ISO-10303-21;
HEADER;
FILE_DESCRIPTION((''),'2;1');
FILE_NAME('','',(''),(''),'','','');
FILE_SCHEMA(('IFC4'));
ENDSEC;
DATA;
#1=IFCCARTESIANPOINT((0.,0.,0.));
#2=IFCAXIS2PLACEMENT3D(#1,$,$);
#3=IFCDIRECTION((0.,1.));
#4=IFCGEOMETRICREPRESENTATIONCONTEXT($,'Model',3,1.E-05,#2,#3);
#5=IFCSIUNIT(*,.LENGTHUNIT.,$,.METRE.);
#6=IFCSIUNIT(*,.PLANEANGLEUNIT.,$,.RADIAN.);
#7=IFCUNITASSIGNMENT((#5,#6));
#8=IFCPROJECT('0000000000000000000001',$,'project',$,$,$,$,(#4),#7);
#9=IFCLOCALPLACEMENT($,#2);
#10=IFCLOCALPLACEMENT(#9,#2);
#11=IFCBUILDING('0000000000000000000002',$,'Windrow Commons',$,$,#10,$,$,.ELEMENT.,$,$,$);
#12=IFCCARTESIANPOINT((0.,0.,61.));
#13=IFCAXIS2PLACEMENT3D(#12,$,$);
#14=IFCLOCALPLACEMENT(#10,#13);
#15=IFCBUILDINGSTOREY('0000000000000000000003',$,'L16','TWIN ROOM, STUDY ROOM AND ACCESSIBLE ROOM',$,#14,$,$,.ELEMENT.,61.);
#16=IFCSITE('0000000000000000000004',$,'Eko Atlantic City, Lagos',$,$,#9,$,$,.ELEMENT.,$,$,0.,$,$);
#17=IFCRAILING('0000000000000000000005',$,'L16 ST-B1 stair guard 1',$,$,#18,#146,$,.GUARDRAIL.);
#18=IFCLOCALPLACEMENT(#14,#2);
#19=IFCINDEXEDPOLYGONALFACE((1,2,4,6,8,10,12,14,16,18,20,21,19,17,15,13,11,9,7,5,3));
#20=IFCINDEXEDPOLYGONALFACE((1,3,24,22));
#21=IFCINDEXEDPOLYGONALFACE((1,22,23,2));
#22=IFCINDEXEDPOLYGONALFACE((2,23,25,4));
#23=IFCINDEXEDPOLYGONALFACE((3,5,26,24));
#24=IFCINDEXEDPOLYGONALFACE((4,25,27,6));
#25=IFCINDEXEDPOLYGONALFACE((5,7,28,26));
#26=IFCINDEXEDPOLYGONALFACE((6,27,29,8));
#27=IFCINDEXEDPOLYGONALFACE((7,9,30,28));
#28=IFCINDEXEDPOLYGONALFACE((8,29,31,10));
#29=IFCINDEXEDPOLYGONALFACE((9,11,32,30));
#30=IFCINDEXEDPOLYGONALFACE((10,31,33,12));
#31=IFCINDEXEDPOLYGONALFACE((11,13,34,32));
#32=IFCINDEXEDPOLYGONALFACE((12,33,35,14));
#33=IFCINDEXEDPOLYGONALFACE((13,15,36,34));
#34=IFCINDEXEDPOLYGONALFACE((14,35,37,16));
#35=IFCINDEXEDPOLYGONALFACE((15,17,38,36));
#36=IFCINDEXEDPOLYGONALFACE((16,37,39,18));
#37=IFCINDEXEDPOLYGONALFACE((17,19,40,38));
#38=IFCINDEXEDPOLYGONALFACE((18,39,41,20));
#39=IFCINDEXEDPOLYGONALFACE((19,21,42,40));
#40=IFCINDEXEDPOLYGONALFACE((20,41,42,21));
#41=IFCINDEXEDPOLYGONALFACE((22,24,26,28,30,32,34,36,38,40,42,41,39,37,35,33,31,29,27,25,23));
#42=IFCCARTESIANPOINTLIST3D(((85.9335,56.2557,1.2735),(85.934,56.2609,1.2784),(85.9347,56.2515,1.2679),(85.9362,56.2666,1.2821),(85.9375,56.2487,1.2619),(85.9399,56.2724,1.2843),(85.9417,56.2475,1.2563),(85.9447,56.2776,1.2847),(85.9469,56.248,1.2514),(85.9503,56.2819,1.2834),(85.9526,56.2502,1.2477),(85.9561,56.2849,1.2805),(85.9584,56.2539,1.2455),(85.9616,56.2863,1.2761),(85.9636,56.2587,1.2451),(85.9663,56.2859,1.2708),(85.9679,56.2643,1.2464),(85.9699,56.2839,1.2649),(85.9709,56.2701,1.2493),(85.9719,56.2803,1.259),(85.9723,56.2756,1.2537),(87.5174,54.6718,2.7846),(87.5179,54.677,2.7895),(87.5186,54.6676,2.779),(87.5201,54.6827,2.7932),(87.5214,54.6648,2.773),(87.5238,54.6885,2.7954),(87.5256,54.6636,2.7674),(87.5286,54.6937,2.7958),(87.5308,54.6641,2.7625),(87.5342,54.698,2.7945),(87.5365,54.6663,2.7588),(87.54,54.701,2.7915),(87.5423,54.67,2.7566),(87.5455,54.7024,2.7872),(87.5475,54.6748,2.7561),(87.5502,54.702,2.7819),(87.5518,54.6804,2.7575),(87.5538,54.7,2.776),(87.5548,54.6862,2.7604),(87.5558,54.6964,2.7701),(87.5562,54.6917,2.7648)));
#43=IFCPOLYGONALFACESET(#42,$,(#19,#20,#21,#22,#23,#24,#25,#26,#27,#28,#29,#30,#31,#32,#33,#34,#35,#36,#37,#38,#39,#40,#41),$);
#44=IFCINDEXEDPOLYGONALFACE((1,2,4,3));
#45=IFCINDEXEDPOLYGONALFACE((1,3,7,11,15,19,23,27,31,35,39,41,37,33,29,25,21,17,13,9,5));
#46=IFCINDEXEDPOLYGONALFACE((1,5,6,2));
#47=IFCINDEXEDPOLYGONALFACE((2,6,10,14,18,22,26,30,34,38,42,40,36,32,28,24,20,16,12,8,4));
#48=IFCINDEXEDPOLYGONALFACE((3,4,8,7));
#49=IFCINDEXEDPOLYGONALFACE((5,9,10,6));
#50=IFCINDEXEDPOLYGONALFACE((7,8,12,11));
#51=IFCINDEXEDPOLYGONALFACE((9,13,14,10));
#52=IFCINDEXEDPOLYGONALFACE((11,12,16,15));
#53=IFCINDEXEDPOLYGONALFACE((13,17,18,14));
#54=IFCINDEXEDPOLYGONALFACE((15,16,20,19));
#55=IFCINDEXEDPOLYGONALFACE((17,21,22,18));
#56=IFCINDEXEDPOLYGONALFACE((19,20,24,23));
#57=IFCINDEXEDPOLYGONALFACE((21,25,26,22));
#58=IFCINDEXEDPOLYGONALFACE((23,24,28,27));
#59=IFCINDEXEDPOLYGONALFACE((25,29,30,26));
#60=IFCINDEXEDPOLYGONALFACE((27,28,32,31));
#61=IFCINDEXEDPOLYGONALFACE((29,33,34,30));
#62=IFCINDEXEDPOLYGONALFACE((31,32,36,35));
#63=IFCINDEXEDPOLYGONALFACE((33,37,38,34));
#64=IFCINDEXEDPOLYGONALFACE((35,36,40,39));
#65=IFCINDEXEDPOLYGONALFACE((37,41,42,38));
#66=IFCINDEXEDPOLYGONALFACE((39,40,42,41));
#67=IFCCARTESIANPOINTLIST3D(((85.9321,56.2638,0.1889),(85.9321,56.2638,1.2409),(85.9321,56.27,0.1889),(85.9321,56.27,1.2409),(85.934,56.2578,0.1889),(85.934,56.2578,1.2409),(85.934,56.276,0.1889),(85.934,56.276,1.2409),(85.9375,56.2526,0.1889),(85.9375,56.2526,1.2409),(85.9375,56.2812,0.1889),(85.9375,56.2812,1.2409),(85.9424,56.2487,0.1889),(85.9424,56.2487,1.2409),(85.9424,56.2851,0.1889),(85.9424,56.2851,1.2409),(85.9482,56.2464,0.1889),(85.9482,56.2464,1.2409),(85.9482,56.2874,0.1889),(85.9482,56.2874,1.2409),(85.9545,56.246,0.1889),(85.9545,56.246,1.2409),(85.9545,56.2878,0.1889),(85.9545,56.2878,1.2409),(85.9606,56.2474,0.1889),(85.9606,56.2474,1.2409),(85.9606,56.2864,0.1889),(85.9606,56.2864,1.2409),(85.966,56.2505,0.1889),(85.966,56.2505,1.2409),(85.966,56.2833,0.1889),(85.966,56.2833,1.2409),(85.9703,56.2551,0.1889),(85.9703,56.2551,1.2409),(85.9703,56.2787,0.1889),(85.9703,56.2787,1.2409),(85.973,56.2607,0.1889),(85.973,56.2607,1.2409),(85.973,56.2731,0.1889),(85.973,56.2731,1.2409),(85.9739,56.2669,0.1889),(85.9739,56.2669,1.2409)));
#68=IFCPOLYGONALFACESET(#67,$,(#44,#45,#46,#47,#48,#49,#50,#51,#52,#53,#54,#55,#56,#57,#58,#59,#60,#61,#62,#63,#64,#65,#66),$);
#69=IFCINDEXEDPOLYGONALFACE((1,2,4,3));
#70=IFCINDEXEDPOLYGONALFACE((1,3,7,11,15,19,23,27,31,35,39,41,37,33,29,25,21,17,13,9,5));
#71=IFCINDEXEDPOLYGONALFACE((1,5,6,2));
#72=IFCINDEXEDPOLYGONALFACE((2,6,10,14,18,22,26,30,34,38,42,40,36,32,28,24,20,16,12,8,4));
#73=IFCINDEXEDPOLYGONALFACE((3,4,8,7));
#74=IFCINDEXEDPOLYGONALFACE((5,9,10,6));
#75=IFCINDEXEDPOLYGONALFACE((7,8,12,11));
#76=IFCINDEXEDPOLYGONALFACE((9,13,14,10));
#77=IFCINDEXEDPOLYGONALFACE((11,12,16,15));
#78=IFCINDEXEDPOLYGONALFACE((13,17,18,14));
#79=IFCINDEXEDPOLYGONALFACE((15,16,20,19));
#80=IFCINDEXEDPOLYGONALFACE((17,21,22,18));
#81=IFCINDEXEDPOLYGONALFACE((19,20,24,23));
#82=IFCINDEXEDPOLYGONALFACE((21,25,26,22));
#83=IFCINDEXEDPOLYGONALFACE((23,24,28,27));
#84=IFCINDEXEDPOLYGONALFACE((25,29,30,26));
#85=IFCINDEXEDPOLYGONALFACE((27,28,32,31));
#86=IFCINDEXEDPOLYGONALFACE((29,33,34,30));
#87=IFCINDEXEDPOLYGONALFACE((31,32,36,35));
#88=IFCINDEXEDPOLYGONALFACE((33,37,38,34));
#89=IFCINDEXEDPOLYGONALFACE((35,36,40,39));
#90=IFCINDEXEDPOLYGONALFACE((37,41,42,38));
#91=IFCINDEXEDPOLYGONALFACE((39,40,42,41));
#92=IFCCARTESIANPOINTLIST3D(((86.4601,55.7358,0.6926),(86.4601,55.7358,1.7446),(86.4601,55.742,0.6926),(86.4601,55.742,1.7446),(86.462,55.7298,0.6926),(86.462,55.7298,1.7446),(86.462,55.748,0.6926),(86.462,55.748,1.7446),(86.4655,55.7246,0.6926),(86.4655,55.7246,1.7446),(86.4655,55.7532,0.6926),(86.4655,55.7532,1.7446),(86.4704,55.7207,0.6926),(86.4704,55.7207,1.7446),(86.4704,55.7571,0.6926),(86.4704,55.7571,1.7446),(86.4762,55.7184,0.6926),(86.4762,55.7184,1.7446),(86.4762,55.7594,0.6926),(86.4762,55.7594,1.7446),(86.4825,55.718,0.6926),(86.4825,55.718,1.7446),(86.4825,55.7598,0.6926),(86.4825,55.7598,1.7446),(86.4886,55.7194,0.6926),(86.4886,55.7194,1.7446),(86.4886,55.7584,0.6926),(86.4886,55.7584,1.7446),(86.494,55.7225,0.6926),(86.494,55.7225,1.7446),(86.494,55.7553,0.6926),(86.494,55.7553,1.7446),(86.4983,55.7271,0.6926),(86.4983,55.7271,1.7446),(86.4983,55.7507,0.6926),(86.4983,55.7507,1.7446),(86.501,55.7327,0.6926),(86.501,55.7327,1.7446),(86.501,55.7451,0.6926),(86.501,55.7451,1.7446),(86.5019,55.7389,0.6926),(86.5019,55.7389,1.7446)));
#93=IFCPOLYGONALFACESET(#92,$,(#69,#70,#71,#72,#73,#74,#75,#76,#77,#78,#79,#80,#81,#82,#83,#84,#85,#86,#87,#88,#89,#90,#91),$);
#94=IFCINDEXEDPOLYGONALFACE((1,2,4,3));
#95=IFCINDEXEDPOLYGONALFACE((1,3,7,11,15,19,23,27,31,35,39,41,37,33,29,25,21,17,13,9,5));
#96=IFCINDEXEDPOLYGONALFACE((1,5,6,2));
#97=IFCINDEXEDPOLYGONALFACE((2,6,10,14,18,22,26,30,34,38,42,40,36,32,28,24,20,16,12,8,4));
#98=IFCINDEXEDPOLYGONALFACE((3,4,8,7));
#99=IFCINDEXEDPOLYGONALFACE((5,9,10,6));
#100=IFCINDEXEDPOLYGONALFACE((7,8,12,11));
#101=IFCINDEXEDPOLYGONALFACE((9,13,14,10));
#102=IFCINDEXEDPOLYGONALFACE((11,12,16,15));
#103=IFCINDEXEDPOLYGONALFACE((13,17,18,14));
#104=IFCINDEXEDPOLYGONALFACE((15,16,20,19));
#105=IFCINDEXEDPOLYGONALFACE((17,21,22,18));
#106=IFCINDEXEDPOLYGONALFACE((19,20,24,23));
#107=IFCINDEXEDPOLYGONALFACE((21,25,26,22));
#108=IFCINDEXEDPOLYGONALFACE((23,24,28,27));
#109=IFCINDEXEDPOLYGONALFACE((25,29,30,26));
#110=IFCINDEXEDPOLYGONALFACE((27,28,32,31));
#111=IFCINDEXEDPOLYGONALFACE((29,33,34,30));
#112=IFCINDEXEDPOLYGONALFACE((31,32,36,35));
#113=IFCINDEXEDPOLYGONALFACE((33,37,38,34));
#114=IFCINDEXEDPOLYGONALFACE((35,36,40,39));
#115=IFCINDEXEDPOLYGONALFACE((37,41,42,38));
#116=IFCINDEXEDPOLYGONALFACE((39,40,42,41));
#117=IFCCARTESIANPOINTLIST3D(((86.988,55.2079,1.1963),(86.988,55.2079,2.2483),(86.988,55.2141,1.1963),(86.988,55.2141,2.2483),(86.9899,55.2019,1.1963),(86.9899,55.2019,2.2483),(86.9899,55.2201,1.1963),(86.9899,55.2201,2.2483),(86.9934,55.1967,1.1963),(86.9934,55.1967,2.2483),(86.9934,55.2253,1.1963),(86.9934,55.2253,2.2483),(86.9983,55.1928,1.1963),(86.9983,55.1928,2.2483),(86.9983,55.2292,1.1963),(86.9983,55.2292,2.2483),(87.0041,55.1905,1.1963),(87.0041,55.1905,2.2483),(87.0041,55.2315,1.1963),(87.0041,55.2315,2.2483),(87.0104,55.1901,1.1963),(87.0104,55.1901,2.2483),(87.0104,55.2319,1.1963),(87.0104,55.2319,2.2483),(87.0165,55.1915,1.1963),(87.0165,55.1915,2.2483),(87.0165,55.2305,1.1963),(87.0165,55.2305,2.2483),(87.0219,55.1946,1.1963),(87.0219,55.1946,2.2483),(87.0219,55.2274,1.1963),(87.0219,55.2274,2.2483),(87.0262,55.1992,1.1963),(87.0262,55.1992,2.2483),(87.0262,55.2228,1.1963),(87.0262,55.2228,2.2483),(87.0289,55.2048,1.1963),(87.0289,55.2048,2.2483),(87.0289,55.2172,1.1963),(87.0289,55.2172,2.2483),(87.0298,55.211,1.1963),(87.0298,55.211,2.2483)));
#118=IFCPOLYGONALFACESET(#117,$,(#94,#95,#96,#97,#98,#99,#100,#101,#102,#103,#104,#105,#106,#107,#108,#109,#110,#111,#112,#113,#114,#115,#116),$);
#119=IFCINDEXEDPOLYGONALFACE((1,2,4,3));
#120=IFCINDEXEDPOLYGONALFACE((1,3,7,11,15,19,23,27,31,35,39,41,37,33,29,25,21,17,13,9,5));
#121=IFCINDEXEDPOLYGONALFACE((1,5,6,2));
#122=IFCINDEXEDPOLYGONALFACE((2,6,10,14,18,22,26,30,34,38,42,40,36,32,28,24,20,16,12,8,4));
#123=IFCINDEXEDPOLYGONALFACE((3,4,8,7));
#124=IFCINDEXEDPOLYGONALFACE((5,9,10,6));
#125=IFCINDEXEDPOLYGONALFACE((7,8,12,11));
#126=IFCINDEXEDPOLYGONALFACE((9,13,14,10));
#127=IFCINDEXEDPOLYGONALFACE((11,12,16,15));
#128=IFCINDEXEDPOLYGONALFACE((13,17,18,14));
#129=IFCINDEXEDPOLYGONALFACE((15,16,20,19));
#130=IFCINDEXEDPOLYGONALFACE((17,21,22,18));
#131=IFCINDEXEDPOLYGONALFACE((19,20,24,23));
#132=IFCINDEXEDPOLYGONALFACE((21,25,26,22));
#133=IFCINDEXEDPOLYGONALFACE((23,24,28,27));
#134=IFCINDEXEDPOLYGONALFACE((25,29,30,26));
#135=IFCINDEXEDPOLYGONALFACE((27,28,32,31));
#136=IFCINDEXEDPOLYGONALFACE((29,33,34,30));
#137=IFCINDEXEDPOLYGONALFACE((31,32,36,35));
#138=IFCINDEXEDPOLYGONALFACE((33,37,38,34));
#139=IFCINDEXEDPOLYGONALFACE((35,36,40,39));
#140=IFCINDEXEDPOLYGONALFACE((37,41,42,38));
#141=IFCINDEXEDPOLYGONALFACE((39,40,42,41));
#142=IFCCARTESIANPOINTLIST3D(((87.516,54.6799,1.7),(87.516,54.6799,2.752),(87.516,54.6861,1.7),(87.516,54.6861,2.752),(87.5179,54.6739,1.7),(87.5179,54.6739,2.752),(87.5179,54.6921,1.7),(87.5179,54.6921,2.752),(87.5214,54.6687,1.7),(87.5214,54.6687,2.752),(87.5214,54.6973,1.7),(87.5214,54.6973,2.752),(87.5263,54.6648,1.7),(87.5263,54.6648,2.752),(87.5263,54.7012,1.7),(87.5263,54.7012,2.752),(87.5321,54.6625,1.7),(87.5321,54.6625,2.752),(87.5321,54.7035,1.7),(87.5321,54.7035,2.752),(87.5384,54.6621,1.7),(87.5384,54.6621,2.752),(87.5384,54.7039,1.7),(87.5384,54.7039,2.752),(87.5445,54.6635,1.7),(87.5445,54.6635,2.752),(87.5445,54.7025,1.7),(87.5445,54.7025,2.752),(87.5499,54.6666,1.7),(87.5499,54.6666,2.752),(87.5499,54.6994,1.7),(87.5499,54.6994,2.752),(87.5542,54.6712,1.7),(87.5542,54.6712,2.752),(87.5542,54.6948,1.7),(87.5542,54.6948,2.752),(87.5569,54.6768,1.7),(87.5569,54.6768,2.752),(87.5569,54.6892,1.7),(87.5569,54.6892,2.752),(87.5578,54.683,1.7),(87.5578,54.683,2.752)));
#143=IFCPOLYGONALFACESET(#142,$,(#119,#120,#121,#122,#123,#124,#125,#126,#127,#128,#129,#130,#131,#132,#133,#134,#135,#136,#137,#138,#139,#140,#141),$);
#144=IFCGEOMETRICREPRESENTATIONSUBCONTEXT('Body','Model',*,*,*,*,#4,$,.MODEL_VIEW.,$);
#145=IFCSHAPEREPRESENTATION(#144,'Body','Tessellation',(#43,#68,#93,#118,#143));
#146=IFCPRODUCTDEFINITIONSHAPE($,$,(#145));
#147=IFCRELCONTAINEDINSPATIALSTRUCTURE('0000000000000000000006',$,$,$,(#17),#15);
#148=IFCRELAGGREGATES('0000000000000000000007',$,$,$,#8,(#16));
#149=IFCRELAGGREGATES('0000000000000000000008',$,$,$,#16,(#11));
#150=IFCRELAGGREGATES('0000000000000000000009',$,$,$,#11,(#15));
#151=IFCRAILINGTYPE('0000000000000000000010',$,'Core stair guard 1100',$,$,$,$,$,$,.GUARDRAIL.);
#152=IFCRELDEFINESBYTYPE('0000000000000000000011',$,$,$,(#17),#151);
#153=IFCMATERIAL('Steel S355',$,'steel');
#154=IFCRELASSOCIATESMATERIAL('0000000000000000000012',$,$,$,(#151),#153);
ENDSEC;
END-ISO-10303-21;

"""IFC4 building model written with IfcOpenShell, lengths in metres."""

from ifc_helpers import new_model, si_unit, direction, frame, origin, origin_2d, place, context, subcontext, project, spatial, circle, extrude, material, type_object, element, save


model = new_model("IFC4")

# Units and contexts
model_context = context("Model", 3, precision=1e-05, world=origin(), true_north=direction((0.0, 1.0)))
body_context = subcontext(model_context, "Body", "Model", "MODEL_VIEW")
ifc_project = project(units=[si_unit("LENGTHUNIT", "METRE"), si_unit("PLANEANGLEUNIT", "RADIAN")], contexts=[model_context])

# Site, building, storey
site_placement = place(None, origin())
site = spatial("IfcSite", under=ifc_project, at=site_placement, Name="Eko Atlantic City, Lagos", CompositionType="ELEMENT", RefElevation=0.0)
building_placement = place(site_placement, origin())
building = spatial("IfcBuilding", under=site, at=building_placement, Name="Windrow Commons", CompositionType="ELEMENT")
storey_placement = place(building_placement, frame((0.0, 0.0, 61.0)))
storey = spatial("IfcBuildingStorey", under=building, at=storey_placement, Name="L16", Description="TWIN ROOM, STUDY ROOM AND ACCESSIBLE ROOM", CompositionType="ELEMENT", Elevation=61.0)

# Railing
ifc_material_1 = material(Name="Steel S355", Category="steel")
railing_type_1 = type_object("IfcRailingType", Name="Core stair guard 1100", PredefinedType="GUARDRAIL", material=ifc_material_1)
railing_1_placement = place(storey_placement, frame((85.9529, 56.2669, 0.1889)))
element("IfcRailing", 1, at=railing_1_placement, inside=storey, type_object=railing_type_1, Name="L16 ST-B1 stair guard 1", PredefinedType="GUARDRAIL", context=body_context, shape_type="SweptSolid", body=[
    extrude(circle(Radius=0.024, at=origin_2d()), frame((0.0, 0.0, 1.076), z_axis=(0.586191, -0.586191, 0.559249), x_axis=(0.707107, 0.707107, 0.0)), (0.0, 0.0, 1.0), 2.702),
    extrude(circle(Radius=0.021, at=origin_2d()), origin(), (0.0, 0.0, 1.0), 1.052),
    extrude(circle(Radius=0.021, at=origin_2d()), frame((0.528, -0.528, 0.5037)), (0.0, 0.0, 1.0), 1.052),
    extrude(circle(Radius=0.021, at=origin_2d()), frame((1.0559, -1.0559, 1.0074)), (0.0, 0.0, 1.0), 1.052),
    extrude(circle(Radius=0.021, at=origin_2d()), frame((1.5839, -1.5839, 1.5111)), (0.0, 0.0, 1.0), 1.052),
])

save(model, "model.ifc")
